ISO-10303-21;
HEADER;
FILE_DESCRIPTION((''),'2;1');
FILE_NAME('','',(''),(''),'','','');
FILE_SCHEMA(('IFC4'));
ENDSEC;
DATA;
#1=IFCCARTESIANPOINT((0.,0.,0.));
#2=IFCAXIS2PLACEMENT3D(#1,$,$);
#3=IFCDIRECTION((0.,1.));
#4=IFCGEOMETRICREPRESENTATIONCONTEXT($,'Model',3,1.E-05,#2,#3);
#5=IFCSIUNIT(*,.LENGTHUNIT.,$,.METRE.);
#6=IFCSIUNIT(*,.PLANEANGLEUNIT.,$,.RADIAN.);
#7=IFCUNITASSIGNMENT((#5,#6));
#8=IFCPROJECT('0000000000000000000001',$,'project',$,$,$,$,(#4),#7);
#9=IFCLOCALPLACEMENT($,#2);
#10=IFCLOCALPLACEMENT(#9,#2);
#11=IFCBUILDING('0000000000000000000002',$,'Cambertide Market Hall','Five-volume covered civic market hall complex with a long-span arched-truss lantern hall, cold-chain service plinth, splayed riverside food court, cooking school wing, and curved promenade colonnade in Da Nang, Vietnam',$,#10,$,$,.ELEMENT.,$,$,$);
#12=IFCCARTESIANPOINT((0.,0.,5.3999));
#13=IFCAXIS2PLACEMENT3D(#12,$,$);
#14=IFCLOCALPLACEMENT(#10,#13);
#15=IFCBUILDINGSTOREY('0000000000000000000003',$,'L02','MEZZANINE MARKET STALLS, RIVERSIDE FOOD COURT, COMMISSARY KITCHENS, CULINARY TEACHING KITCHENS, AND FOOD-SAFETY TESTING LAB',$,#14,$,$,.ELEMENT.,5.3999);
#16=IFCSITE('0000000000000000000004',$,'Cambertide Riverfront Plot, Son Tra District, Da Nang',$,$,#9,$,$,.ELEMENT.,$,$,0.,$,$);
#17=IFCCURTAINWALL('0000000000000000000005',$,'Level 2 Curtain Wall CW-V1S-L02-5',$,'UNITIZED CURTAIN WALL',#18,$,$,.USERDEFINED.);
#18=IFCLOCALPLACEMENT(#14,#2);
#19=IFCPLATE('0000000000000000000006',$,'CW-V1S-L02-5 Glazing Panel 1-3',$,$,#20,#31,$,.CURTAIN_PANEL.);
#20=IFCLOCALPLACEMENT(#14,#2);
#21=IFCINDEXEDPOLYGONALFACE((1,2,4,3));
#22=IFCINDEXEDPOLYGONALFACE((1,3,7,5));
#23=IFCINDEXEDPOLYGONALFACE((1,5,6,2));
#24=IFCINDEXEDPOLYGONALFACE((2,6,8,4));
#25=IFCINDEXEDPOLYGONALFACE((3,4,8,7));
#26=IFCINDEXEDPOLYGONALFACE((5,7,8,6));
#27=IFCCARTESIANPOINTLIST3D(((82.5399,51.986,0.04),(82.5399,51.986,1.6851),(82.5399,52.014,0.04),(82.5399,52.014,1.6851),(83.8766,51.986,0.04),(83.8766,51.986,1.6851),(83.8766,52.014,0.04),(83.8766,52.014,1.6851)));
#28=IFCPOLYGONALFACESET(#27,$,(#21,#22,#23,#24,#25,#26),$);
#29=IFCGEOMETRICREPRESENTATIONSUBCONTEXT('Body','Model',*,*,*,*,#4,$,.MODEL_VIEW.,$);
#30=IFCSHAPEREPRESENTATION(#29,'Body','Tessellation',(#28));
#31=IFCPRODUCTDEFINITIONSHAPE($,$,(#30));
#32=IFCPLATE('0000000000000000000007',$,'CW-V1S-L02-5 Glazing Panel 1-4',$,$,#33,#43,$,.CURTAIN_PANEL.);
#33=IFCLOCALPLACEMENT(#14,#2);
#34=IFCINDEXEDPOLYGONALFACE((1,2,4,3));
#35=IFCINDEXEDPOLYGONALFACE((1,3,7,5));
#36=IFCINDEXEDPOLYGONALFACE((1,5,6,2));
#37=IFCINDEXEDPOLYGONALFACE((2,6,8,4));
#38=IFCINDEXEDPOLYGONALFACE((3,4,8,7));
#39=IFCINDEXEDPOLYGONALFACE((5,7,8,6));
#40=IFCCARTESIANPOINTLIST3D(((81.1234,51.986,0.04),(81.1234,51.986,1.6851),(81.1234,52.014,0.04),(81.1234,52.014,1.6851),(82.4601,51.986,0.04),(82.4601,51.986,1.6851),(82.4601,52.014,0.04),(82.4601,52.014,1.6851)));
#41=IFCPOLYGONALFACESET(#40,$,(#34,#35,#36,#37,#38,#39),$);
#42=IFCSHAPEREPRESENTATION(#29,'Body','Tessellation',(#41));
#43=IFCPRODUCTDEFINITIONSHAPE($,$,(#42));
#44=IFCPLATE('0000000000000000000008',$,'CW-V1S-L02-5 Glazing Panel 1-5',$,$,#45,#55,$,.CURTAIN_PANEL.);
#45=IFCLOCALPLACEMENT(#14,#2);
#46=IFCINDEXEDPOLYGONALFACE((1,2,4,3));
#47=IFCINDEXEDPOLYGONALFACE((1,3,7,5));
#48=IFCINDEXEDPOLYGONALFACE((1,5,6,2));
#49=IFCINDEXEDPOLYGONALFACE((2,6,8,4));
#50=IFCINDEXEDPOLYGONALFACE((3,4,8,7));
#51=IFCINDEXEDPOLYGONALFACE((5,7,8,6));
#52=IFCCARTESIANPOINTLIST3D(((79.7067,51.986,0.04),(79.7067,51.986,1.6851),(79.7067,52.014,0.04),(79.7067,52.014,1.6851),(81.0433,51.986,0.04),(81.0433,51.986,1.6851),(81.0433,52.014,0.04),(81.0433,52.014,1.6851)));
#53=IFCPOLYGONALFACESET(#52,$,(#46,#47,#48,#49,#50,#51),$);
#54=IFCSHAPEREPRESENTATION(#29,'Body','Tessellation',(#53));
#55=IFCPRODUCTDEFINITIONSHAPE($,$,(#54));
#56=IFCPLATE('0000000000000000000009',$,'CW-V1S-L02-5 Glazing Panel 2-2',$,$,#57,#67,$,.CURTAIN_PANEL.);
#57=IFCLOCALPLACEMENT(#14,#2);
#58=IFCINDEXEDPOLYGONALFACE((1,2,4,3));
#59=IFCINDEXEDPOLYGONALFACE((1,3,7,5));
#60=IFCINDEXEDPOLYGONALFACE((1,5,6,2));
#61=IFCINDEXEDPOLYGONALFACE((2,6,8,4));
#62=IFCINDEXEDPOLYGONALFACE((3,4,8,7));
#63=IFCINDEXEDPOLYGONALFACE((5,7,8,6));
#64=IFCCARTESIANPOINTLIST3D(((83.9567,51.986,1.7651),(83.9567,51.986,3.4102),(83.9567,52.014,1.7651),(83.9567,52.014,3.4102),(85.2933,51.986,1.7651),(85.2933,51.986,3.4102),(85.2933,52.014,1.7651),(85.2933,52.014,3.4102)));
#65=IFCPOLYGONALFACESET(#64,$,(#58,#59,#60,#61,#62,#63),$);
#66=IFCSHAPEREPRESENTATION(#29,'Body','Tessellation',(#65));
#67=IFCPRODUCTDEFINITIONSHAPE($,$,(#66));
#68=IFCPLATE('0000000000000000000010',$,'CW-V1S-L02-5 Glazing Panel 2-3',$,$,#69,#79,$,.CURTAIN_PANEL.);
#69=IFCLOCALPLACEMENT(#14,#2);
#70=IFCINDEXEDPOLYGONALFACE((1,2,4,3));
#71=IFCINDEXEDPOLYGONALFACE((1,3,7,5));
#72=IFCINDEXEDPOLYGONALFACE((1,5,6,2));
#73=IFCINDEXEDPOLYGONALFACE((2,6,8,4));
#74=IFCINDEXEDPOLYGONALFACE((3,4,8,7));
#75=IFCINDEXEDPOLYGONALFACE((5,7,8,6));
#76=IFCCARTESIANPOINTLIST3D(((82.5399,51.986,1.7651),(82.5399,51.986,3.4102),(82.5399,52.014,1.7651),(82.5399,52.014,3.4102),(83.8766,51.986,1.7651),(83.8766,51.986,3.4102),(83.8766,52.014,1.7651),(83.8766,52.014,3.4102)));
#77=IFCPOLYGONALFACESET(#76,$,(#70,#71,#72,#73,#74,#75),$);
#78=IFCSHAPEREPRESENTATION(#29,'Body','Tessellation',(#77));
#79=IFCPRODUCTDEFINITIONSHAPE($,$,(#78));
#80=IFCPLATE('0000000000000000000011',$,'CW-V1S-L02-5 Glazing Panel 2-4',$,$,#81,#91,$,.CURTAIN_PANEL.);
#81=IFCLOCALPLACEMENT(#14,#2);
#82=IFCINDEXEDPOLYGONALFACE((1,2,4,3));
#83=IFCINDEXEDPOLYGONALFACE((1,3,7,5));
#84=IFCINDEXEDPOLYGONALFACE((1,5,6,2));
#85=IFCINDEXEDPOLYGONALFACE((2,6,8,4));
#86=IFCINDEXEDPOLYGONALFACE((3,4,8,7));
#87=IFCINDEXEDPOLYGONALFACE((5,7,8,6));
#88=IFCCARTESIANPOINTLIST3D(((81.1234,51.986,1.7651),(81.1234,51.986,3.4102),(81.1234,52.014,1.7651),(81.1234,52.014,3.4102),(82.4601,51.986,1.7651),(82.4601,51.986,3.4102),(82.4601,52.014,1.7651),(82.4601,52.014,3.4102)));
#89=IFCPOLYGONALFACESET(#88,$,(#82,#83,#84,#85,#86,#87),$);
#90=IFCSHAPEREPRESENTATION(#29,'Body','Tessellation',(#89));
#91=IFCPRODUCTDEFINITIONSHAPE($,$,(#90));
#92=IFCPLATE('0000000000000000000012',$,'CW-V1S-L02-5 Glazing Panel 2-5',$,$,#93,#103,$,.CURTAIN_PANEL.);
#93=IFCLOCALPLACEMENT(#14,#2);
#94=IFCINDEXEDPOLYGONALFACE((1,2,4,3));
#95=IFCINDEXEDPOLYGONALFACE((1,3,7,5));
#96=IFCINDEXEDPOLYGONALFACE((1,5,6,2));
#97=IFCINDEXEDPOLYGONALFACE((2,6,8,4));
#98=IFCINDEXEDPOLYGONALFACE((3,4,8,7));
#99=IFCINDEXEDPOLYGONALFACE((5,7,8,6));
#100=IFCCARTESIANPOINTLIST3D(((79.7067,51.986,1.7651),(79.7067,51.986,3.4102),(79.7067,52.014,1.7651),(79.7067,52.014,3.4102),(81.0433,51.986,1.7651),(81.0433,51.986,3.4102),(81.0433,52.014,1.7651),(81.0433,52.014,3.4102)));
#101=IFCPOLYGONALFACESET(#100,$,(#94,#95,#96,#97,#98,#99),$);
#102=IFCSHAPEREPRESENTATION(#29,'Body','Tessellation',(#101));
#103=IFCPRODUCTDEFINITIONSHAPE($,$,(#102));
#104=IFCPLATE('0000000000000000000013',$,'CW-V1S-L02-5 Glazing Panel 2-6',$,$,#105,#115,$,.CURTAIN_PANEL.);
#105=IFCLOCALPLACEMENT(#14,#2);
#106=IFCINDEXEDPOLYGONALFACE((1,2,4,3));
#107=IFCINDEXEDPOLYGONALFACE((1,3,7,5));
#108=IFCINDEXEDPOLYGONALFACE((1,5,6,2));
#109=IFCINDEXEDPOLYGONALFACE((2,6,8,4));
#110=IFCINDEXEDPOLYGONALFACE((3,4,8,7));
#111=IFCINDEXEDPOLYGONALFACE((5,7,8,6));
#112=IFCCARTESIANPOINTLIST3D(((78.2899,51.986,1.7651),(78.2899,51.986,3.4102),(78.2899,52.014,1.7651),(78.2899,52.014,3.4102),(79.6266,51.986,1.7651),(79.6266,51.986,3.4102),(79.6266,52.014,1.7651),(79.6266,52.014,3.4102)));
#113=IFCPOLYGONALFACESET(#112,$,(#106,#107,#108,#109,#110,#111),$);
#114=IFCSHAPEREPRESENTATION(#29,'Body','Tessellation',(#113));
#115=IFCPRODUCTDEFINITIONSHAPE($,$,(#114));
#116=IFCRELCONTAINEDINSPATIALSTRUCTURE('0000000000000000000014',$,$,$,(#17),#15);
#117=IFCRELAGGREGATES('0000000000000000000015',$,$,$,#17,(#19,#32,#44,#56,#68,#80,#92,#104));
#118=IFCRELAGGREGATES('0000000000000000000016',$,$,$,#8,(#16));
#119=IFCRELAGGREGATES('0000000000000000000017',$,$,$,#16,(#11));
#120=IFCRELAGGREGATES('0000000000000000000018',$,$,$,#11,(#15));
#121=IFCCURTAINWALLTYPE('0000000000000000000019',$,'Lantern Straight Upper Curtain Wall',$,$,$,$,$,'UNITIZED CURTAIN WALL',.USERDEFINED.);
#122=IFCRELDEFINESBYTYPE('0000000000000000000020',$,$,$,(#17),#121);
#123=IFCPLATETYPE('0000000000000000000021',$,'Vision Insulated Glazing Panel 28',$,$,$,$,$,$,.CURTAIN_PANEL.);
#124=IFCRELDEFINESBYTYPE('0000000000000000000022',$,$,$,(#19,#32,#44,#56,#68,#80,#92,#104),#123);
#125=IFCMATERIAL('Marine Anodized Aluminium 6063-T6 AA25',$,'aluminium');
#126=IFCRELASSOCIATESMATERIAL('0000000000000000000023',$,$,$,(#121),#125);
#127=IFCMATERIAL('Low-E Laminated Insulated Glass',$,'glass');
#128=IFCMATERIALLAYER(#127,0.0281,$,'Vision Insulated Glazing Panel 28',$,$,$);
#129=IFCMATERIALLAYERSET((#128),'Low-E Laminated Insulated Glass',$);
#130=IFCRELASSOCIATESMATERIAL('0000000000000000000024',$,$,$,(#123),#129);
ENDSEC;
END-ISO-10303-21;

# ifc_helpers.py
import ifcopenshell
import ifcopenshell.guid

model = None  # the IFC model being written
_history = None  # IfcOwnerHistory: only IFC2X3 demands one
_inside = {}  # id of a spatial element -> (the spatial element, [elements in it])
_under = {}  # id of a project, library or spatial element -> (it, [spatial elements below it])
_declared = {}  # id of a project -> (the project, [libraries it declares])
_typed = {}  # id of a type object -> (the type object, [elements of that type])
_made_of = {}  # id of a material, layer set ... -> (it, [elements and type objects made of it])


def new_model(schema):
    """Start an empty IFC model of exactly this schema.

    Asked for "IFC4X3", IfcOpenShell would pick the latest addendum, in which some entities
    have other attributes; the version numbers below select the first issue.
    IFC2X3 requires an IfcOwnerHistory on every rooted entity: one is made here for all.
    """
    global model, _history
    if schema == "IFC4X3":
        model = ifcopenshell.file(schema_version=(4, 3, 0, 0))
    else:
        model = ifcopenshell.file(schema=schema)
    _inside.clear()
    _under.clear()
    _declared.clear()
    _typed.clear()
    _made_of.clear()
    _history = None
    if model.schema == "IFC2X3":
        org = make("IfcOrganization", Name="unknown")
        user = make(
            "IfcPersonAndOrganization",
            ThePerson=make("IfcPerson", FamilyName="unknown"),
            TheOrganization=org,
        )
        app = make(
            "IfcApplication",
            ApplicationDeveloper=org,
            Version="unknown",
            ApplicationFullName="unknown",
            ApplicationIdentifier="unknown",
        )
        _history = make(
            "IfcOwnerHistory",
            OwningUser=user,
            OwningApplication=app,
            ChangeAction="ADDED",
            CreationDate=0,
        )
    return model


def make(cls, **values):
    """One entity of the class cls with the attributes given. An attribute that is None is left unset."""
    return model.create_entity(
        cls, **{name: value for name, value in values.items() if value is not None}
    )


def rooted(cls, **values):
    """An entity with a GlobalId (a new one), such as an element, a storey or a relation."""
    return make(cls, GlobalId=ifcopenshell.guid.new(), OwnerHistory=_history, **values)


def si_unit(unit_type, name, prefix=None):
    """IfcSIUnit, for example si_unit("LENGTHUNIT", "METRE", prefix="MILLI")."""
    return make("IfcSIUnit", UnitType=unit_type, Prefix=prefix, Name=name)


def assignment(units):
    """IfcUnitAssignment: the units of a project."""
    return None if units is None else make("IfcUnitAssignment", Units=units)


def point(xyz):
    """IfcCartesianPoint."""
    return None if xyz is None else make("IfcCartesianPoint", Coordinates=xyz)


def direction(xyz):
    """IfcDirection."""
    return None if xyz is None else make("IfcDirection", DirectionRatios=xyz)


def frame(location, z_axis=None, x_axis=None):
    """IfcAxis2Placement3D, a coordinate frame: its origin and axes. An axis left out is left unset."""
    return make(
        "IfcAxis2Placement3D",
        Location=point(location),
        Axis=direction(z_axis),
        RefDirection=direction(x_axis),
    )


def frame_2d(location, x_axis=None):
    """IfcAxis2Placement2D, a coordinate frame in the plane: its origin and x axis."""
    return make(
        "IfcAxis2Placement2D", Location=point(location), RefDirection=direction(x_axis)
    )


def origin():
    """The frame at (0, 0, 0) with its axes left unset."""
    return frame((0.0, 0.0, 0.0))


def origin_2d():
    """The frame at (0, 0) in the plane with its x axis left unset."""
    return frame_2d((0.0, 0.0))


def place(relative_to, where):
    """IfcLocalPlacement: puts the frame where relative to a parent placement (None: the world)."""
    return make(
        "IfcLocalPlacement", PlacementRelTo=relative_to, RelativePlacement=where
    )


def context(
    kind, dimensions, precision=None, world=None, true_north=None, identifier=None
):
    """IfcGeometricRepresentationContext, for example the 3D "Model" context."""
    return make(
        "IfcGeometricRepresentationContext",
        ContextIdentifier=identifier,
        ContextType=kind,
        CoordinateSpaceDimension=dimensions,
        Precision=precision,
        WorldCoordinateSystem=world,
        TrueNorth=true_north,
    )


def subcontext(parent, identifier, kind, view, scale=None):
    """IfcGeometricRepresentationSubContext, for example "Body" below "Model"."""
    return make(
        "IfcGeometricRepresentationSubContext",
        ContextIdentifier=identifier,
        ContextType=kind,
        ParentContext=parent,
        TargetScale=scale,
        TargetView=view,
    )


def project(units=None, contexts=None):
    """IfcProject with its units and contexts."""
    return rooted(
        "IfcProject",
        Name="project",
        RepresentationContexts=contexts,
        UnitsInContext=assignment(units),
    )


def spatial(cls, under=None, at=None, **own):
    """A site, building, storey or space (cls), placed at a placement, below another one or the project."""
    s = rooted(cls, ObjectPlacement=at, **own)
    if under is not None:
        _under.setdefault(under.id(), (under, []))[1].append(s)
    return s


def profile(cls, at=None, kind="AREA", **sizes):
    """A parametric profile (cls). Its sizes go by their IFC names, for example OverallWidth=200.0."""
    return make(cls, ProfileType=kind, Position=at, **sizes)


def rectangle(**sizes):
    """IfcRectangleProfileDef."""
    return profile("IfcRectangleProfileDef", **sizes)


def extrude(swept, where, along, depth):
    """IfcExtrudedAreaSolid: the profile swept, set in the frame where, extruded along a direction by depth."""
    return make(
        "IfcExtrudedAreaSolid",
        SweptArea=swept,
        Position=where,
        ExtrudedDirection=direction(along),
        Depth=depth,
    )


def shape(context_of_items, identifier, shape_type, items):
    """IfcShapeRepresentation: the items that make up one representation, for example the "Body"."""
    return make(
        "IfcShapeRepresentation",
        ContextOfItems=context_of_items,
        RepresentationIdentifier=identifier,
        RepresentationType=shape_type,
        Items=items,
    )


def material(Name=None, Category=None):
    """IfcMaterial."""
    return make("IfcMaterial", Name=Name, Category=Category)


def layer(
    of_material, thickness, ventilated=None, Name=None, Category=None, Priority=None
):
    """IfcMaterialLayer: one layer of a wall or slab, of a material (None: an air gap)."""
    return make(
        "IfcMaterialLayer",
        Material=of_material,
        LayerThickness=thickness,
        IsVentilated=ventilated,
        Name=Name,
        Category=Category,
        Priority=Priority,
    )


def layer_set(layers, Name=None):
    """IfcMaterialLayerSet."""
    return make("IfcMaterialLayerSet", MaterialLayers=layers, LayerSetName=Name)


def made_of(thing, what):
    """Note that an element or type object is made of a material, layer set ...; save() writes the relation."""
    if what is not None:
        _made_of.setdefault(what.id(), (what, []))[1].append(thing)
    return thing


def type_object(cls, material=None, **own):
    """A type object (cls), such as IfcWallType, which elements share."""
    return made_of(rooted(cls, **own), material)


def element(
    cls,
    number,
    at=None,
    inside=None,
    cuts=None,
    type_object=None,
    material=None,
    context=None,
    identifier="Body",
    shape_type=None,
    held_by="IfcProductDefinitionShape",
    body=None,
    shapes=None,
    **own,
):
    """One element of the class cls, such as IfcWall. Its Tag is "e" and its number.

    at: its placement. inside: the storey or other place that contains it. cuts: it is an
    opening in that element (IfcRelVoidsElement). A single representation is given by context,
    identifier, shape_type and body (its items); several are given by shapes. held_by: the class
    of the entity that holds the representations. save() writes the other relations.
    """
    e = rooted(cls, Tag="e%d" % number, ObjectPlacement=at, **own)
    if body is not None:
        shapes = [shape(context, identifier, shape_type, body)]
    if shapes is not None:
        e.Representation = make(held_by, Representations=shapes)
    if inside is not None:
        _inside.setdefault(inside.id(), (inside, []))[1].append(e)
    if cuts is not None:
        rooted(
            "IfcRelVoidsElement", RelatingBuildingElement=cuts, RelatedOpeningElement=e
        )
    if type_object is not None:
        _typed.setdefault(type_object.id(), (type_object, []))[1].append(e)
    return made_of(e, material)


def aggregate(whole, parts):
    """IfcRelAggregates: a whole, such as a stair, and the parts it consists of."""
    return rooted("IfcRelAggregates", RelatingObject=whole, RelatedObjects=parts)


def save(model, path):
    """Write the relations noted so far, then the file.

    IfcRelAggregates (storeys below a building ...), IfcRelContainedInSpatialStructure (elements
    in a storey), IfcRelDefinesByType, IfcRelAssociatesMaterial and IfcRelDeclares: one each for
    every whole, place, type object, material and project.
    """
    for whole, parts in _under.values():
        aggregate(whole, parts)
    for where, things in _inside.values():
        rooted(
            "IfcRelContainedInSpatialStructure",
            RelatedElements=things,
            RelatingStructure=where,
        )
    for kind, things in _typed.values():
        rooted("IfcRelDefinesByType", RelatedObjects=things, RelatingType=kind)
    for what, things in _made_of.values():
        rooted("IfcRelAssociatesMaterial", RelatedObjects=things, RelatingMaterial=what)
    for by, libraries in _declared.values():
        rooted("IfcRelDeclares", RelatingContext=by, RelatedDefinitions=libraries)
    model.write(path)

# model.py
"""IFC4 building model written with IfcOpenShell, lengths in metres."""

from ifc_helpers import new_model, si_unit, direction, frame, origin, origin_2d, place, context, subcontext, project, spatial, rectangle, extrude, material, layer, layer_set, type_object, element, aggregate, save


model = new_model("IFC4")

# Units and contexts
model_context = context("Model", 3, precision=1e-05, world=origin(), true_north=direction((0.0, 1.0)))
body_context = subcontext(model_context, "Body", "Model", "MODEL_VIEW")
ifc_project = project(units=[si_unit("LENGTHUNIT", "METRE"), si_unit("PLANEANGLEUNIT", "RADIAN")], contexts=[model_context])

# Site, building, storey
site_placement = place(None, origin())
site = spatial("IfcSite", under=ifc_project, at=site_placement, Name="Cambertide Riverfront Plot, Son Tra District, Da Nang", CompositionType="ELEMENT", RefElevation=0.0)
building_placement = place(site_placement, origin())
building = spatial("IfcBuilding", under=site, at=building_placement, Name="Cambertide Market Hall", Description="Five-volume covered civic market hall complex with a long-span arched-truss lantern hall, cold-chain service plinth, splayed riverside food court, cooking school wing, and curved promenade colonnade in Da Nang, Vietnam", CompositionType="ELEMENT")
storey_placement = place(building_placement, frame((0.0, 0.0, 5.3999)))
storey = spatial("IfcBuildingStorey", under=building, at=storey_placement, Name="L02", Description="MEZZANINE MARKET STALLS, RIVERSIDE FOOD COURT, COMMISSARY KITCHENS, CULINARY TEACHING KITCHENS, AND FOOD-SAFETY TESTING LAB", CompositionType="ELEMENT", Elevation=5.3999)

# Curtain wall, plates
ifc_material_1 = material(Name="Marine Anodized Aluminium 6063-T6 AA25", Category="aluminium")
curtain_wall_type = type_object("IfcCurtainWallType", Name="Lantern Straight Upper Curtain Wall", ElementType="UNITIZED CURTAIN WALL", PredefinedType="USERDEFINED", material=ifc_material_1)
curtain_wall_placement = place(storey_placement, origin())
curtain_wall = element("IfcCurtainWall", 1, at=curtain_wall_placement, inside=storey, type_object=curtain_wall_type, Name="Level 2 Curtain Wall CW-V1S-L02-5", ObjectType="UNITIZED CURTAIN WALL", PredefinedType="USERDEFINED")
ifc_material_2 = material(Name="Low-E Laminated Insulated Glass", Category="glass")
ifc_layer = layer(ifc_material_2, 0.0281, Name="Vision Insulated Glazing Panel 28")
ifc_layer_set = layer_set([ifc_layer], Name="Low-E Laminated Insulated Glass")
plate_type = type_object("IfcPlateType", Name="Vision Insulated Glazing Panel 28", PredefinedType="CURTAIN_PANEL", material=ifc_layer_set)
plate_1_placement = place(storey_placement, frame((83.2083, 52.0, 0.04), z_axis=(0.0, 0.0, 1.0), x_axis=(-1.0, 0.0, 0.0)))
plate_1 = element("IfcPlate", 2, at=plate_1_placement, type_object=plate_type, Name="CW-V1S-L02-5 Glazing Panel 1-3", PredefinedType="CURTAIN_PANEL", context=body_context, shape_type="SweptSolid", body=[
    extrude(rectangle(XDim=1.3367, YDim=0.0281, at=origin_2d()), origin(), (0.0, 0.0, 1.0), 1.645),
])
plate_2_placement = place(storey_placement, frame((81.7917, 52.0, 0.04), z_axis=(0.0, 0.0, 1.0), x_axis=(-1.0, 0.0, 0.0)))
plate_2 = element("IfcPlate", 3, at=plate_2_placement, type_object=plate_type, Name="CW-V1S-L02-5 Glazing Panel 1-4", PredefinedType="CURTAIN_PANEL", context=body_context, shape_type="SweptSolid", body=[
    extrude(rectangle(XDim=1.3367, YDim=0.0281, at=origin_2d()), origin(), (0.0, 0.0, 1.0), 1.645),
])
plate_3_placement = place(storey_placement, frame((80.375, 52.0, 0.04), z_axis=(0.0, 0.0, 1.0), x_axis=(-1.0, 0.0, 0.0)))
plate_3 = element("IfcPlate", 4, at=plate_3_placement, type_object=plate_type, Name="CW-V1S-L02-5 Glazing Panel 1-5", PredefinedType="CURTAIN_PANEL", context=body_context, shape_type="SweptSolid", body=[
    extrude(rectangle(XDim=1.3367, YDim=0.0281, at=origin_2d()), origin(), (0.0, 0.0, 1.0), 1.645),
])
plate_4_placement = place(storey_placement, frame((84.625, 52.0, 1.7651), z_axis=(0.0, 0.0, 1.0), x_axis=(-1.0, 0.0, 0.0)))
plate_4 = element("IfcPlate", 5, at=plate_4_placement, type_object=plate_type, Name="CW-V1S-L02-5 Glazing Panel 2-2", PredefinedType="CURTAIN_PANEL", context=body_context, shape_type="SweptSolid", body=[
    extrude(rectangle(XDim=1.3367, YDim=0.0281, at=origin_2d()), origin(), (0.0, 0.0, 1.0), 1.645),
])
plate_5_placement = place(storey_placement, frame((83.2083, 52.0, 1.7651), z_axis=(0.0, 0.0, 1.0), x_axis=(-1.0, 0.0, 0.0)))
plate_5 = element("IfcPlate", 6, at=plate_5_placement, type_object=plate_type, Name="CW-V1S-L02-5 Glazing Panel 2-3", PredefinedType="CURTAIN_PANEL", context=body_context, shape_type="SweptSolid", body=[
    extrude(rectangle(XDim=1.3367, YDim=0.0281, at=origin_2d()), origin(), (0.0, 0.0, 1.0), 1.645),
])
plate_6_placement = place(storey_placement, frame((81.7917, 52.0, 1.7651), z_axis=(0.0, 0.0, 1.0), x_axis=(-1.0, 0.0, 0.0)))
plate_6 = element("IfcPlate", 7, at=plate_6_placement, type_object=plate_type, Name="CW-V1S-L02-5 Glazing Panel 2-4", PredefinedType="CURTAIN_PANEL", context=body_context, shape_type="SweptSolid", body=[
    extrude(rectangle(XDim=1.3367, YDim=0.0281, at=origin_2d()), origin(), (0.0, 0.0, 1.0), 1.645),
])
plate_7_placement = place(storey_placement, frame((80.375, 52.0, 1.7651), z_axis=(0.0, 0.0, 1.0), x_axis=(-1.0, 0.0, 0.0)))
plate_7 = element("IfcPlate", 8, at=plate_7_placement, type_object=plate_type, Name="CW-V1S-L02-5 Glazing Panel 2-5", PredefinedType="CURTAIN_PANEL", context=body_context, shape_type="SweptSolid", body=[
    extrude(rectangle(XDim=1.3367, YDim=0.0281, at=origin_2d()), origin(), (0.0, 0.0, 1.0), 1.645),
])
plate_8_placement = place(storey_placement, frame((78.9583, 52.0, 1.7651), z_axis=(0.0, 0.0, 1.0), x_axis=(-1.0, 0.0, 0.0)))
plate_8 = element("IfcPlate", 9, at=plate_8_placement, type_object=plate_type, Name="CW-V1S-L02-5 Glazing Panel 2-6", PredefinedType="CURTAIN_PANEL", context=body_context, shape_type="SweptSolid", body=[
    extrude(rectangle(XDim=1.3367, YDim=0.0281, at=origin_2d()), origin(), (0.0, 0.0, 1.0), 1.645),
])
aggregate(curtain_wall, [plate_1, plate_2, plate_3, plate_4, plate_5, plate_6, plate_7, plate_8])

save(model, "model.ifc")
